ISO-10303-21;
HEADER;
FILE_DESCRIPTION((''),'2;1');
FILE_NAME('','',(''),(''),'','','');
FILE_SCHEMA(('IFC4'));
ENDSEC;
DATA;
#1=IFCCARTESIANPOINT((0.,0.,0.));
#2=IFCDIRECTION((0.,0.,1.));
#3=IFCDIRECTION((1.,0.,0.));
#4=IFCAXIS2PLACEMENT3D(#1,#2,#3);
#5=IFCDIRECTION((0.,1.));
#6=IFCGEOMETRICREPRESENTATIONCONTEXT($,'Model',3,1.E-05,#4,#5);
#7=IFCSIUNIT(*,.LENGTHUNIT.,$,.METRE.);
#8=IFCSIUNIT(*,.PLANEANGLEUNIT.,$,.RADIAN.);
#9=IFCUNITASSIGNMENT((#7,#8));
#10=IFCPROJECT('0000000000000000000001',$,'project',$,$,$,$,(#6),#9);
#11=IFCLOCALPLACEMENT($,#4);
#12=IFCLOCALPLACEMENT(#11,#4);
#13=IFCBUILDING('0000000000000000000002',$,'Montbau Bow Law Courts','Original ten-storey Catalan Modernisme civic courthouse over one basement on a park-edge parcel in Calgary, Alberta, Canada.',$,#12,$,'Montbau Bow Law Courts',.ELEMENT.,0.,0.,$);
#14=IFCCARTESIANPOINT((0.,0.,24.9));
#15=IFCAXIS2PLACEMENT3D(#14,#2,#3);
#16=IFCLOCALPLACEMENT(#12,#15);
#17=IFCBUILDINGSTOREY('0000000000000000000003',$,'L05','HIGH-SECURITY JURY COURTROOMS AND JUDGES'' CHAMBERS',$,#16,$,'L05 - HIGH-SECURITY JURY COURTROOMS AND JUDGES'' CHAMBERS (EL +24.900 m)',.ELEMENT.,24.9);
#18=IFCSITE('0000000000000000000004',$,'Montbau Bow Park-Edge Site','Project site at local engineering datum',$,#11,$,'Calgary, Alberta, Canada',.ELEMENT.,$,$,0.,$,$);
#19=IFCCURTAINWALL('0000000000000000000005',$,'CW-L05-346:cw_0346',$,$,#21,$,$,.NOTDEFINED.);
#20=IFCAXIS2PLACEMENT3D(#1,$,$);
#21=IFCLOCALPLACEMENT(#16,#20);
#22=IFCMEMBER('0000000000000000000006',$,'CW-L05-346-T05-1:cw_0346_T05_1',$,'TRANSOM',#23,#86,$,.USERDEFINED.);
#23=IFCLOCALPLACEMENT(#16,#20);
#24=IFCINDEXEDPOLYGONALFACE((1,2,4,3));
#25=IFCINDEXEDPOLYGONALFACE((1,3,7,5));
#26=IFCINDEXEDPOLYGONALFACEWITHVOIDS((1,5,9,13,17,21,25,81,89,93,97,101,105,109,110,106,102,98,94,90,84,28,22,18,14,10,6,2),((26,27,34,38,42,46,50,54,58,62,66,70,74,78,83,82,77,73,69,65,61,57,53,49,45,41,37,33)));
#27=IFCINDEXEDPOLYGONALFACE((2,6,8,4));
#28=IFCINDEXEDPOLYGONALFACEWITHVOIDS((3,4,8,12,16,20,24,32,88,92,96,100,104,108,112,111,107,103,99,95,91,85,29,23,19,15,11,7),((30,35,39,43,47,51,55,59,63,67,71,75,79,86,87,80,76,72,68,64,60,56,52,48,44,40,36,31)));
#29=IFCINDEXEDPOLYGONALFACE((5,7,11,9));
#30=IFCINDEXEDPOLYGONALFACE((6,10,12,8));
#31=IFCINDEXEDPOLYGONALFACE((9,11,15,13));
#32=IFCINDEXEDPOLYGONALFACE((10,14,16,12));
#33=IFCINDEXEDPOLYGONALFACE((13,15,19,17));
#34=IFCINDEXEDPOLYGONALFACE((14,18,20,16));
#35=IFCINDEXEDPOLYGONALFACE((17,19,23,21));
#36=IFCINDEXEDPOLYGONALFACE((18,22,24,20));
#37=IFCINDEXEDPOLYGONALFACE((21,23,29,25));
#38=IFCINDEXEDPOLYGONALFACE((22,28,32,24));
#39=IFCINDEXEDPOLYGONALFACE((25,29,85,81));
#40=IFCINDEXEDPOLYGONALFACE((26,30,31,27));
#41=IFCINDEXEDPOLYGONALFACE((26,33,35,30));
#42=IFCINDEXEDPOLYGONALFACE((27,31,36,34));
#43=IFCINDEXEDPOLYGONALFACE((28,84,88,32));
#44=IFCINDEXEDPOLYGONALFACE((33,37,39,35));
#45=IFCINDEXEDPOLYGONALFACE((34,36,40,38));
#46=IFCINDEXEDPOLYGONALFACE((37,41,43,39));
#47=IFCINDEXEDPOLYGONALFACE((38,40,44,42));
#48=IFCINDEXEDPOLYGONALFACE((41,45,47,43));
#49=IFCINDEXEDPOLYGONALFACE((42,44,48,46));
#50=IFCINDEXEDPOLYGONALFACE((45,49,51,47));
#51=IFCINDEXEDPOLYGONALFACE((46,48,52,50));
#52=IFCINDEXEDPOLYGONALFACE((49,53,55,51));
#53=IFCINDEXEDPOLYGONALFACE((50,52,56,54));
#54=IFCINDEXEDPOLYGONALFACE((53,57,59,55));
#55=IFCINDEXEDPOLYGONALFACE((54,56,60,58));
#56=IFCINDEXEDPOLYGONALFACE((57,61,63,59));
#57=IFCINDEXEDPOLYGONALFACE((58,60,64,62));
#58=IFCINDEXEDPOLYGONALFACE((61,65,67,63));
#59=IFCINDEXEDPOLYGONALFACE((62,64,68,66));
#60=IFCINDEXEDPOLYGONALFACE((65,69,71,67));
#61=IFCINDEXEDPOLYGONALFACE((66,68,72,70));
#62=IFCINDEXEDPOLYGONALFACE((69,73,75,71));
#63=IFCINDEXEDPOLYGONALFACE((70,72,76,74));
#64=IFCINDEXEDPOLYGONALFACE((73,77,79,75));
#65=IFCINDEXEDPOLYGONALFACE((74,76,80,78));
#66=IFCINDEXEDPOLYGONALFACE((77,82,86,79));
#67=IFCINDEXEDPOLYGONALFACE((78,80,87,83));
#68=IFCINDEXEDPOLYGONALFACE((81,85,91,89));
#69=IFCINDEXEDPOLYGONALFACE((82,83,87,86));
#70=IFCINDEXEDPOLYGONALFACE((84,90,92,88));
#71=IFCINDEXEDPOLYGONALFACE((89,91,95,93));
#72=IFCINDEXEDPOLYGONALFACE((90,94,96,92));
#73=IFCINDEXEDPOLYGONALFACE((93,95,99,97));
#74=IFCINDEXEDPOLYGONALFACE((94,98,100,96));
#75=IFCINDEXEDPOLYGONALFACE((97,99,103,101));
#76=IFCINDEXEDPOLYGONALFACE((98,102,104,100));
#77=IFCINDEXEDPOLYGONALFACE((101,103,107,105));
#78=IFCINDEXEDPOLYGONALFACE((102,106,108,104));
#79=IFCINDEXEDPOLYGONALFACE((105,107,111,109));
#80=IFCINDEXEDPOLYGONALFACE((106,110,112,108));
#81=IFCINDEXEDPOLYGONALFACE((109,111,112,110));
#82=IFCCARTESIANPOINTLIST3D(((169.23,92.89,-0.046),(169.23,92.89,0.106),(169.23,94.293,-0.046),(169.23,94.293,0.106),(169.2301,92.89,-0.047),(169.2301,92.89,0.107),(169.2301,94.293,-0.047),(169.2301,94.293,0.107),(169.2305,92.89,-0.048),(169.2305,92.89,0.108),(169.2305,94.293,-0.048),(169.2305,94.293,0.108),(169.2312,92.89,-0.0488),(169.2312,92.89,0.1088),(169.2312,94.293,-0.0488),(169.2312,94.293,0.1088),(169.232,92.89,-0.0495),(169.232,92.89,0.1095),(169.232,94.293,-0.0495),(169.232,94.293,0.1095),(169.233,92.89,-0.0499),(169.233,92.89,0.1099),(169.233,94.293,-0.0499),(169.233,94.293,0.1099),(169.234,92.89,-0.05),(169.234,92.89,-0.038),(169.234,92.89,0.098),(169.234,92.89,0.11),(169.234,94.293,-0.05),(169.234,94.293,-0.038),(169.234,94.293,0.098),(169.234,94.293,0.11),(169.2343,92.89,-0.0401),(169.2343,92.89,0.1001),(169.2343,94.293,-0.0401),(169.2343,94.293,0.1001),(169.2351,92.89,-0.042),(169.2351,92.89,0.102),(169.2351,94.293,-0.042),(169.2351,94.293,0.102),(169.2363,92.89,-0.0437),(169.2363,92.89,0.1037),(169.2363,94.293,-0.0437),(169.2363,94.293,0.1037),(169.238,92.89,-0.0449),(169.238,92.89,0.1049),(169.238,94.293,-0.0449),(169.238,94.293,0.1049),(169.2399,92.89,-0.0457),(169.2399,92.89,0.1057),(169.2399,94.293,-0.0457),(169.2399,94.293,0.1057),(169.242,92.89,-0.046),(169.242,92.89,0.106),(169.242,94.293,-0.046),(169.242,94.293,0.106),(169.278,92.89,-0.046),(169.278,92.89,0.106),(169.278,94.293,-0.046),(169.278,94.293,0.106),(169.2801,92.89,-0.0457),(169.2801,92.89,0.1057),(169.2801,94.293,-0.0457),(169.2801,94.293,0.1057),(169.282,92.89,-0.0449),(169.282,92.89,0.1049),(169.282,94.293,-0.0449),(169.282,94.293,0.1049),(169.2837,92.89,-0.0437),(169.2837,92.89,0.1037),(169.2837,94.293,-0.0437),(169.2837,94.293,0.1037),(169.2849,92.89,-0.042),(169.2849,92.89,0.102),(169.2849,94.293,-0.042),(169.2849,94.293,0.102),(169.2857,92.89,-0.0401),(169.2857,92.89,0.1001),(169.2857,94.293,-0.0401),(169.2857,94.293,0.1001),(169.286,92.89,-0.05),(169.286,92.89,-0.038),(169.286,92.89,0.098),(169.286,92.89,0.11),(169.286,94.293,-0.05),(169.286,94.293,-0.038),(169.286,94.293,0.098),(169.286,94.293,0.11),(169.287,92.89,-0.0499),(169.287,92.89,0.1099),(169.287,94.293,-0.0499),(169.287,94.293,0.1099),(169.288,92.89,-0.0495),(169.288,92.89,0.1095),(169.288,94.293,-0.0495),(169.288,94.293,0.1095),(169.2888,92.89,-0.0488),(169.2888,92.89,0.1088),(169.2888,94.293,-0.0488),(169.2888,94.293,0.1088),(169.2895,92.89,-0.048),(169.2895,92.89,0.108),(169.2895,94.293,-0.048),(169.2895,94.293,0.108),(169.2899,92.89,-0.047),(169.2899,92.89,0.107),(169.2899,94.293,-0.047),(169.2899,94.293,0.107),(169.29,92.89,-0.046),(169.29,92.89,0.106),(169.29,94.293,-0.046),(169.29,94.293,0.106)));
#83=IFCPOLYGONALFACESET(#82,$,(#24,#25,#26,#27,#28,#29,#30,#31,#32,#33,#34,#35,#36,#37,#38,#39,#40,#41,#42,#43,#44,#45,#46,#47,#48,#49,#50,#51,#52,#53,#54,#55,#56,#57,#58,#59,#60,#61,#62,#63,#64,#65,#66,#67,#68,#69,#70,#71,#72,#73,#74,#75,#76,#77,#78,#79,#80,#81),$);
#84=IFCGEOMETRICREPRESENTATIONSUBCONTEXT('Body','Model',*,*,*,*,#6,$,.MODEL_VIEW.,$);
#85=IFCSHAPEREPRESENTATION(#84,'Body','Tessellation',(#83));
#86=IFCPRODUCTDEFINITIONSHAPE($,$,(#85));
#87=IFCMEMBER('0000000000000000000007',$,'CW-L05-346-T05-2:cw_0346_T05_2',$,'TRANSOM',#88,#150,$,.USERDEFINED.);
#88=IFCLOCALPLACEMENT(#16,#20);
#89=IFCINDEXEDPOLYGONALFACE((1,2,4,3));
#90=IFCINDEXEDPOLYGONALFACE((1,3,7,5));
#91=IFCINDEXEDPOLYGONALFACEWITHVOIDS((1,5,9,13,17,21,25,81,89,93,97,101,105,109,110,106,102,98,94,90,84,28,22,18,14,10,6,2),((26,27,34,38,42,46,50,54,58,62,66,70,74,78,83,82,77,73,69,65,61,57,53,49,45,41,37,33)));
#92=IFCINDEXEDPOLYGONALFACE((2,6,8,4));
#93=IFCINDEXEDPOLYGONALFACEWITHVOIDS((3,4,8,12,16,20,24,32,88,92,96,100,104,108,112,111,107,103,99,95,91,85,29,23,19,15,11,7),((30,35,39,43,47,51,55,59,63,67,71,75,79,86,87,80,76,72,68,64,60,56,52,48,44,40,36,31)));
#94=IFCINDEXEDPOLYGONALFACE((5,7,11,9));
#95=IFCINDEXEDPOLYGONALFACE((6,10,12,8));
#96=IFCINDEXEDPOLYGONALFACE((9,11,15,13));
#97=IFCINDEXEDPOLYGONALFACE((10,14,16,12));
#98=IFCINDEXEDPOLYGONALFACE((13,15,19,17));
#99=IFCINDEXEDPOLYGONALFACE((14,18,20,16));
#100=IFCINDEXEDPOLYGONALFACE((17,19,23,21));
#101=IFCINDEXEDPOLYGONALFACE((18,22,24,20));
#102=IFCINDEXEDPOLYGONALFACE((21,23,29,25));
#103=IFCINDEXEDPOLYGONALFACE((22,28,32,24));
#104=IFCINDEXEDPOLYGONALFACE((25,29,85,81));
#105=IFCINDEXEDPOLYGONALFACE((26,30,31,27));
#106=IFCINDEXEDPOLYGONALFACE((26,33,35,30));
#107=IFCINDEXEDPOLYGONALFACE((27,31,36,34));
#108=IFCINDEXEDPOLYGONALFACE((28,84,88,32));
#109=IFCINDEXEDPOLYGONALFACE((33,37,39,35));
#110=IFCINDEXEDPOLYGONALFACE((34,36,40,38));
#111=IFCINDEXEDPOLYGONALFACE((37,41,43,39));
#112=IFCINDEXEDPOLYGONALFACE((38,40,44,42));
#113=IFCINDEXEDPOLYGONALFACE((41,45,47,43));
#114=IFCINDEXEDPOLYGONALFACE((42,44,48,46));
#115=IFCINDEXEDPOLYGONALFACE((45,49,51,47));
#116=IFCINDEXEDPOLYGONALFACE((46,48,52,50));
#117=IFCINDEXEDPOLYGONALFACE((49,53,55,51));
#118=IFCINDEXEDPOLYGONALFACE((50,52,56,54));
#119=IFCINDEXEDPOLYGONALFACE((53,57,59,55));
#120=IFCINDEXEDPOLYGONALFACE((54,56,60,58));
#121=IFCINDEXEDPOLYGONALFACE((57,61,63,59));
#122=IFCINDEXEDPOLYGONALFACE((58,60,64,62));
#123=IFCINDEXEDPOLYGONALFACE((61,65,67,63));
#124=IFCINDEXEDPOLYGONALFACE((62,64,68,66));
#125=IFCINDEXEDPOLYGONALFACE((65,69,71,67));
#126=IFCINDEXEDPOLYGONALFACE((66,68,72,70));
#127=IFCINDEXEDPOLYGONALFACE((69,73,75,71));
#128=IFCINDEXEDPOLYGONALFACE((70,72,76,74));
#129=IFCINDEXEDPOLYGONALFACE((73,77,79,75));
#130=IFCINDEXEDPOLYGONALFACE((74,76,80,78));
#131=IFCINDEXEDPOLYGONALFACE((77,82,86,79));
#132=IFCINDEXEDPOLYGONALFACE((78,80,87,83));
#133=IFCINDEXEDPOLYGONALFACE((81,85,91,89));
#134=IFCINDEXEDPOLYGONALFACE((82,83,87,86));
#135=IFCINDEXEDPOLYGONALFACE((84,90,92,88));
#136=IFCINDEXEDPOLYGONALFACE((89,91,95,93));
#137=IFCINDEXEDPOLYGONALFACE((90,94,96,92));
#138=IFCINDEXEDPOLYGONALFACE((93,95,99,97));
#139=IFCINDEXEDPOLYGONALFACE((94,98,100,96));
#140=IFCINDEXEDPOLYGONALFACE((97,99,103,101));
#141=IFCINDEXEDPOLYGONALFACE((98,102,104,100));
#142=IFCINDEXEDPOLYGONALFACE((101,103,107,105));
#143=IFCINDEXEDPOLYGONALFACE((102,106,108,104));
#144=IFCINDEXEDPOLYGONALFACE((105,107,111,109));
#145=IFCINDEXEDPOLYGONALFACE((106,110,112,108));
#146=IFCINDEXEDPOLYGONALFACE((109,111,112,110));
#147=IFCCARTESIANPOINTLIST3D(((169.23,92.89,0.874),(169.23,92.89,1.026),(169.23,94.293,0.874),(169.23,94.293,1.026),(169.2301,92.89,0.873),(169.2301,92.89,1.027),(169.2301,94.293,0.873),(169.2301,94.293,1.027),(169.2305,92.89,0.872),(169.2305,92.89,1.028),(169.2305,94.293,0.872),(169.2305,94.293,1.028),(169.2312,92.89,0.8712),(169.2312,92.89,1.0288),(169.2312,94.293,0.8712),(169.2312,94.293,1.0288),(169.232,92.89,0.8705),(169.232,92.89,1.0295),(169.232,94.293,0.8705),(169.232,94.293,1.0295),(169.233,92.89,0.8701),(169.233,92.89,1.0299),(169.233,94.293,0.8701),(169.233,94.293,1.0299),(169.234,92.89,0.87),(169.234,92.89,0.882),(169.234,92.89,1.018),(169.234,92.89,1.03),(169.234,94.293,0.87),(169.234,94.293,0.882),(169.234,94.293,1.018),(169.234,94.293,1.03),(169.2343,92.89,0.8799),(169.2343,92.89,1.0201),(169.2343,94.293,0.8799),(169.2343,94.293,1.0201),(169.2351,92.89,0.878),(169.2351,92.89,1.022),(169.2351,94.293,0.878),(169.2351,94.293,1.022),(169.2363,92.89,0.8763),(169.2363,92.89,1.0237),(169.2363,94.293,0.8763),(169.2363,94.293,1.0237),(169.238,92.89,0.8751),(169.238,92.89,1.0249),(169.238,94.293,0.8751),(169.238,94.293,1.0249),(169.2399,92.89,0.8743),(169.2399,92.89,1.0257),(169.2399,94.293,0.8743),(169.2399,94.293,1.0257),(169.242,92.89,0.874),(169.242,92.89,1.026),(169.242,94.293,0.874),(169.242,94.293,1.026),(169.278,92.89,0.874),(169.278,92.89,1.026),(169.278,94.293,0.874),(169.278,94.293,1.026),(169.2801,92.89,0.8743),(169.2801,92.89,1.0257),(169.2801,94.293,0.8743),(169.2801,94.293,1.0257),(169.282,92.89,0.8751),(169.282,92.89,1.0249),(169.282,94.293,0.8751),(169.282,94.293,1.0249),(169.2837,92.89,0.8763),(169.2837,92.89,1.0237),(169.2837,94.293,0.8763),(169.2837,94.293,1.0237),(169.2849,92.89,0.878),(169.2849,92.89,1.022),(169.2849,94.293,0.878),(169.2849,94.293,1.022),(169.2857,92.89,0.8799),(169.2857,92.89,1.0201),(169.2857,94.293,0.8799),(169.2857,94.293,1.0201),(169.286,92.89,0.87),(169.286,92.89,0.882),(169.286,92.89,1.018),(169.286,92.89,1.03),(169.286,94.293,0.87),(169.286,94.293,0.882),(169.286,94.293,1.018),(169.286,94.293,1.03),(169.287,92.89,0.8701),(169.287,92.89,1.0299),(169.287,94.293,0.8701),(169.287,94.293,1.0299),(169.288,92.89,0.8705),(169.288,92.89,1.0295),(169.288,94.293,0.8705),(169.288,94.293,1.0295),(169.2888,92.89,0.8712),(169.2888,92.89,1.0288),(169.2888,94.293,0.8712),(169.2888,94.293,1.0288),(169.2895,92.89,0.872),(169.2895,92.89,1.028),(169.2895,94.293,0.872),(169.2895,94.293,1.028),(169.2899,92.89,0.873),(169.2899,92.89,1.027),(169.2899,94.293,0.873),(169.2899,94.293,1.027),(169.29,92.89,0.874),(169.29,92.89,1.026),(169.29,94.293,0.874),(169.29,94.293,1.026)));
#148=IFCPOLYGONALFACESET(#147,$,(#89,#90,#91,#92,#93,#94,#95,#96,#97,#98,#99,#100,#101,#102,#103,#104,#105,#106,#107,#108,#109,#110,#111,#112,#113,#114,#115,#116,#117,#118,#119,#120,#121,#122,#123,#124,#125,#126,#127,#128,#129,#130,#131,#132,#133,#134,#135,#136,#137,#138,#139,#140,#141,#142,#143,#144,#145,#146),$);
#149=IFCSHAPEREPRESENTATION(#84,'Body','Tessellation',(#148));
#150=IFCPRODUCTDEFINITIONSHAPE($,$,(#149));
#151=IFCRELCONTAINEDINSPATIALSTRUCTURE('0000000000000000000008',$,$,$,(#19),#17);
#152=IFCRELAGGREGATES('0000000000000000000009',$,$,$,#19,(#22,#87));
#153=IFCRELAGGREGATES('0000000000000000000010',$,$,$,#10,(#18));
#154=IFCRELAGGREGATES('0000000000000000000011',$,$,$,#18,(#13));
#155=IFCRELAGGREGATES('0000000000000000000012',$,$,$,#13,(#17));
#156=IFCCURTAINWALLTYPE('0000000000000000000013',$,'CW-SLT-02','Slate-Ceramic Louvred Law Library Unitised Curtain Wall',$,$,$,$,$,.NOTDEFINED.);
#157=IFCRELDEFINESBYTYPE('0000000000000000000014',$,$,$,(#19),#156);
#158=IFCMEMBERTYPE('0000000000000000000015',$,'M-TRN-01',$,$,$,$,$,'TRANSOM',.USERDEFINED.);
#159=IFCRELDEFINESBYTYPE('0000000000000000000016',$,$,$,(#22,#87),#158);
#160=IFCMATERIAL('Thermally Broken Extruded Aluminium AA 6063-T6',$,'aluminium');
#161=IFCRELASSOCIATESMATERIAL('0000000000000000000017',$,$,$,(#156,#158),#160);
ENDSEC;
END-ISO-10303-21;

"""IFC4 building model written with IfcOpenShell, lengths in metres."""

from ifc_helpers import new_model, si_unit, direction, frame, origin_with_axes, origin_2d_with_axis, place, context, subcontext, project, spatial, hollow_rectangle, extrude, material, material_profile, profile_set, type_object, element, aggregate, save


model = new_model("IFC4")

# Units and contexts
model_context = context("Model", 3, precision=1e-05, world=origin_with_axes(), true_north=direction((0.0, 1.0)))
body_context = subcontext(model_context, "Body", "Model", "MODEL_VIEW")
ifc_project = project(units=[si_unit("LENGTHUNIT", "METRE"), si_unit("PLANEANGLEUNIT", "RADIAN")], contexts=[model_context])

# Site, building, storey
site_placement = place(None, origin_with_axes())
site = spatial("IfcSite", under=ifc_project, at=site_placement, Name="Montbau Bow Park-Edge Site", Description="Project site at local engineering datum", LongName="Calgary, Alberta, Canada", CompositionType="ELEMENT", RefElevation=0.0)
building_placement = place(site_placement, origin_with_axes())
building = spatial("IfcBuilding", under=site, at=building_placement, Name="Montbau Bow Law Courts", Description="Original ten-storey Catalan Modernisme civic courthouse over one basement on a park-edge parcel in Calgary, Alberta, Canada.", LongName="Montbau Bow Law Courts", CompositionType="ELEMENT", ElevationOfRefHeight=0.0, ElevationOfTerrain=0.0)
storey_placement = place(building_placement, frame((0.0, 0.0, 24.9), z_axis=(0.0, 0.0, 1.0), x_axis=(1.0, 0.0, 0.0)))
storey = spatial("IfcBuildingStorey", under=building, at=storey_placement, Name="L05", Description="HIGH-SECURITY JURY COURTROOMS AND JUDGES' CHAMBERS", LongName="L05 - HIGH-SECURITY JURY COURTROOMS AND JUDGES' CHAMBERS (EL +24.900 m)", CompositionType="ELEMENT", Elevation=24.9)

# Curtain wall
ifc_material_1 = material(Name="Thermally Broken Extruded Aluminium AA 6063-T6", Category="aluminium")
curtain_wall_type = type_object("IfcCurtainWallType", Name="CW-SLT-02", Description="Slate-Ceramic Louvred Law Library Unitised Curtain Wall", PredefinedType="NOTDEFINED", material=ifc_material_1)
curtain_wall_1_placement = place(None, frame((169.26, 86.84, 24.9), z_axis=(0.0, 0.0, 1.0), x_axis=(1.0, 0.0, 0.0)))
curtain_wall_1 = element("IfcCurtainWall", 1, at=curtain_wall_1_placement, inside=storey, type_object=curtain_wall_type, Name="CW-L05-346:cw_0346", PredefinedType="NOTDEFINED")

# Members
ifc_material_profile_1 = material_profile(ifc_material_1, hollow_rectangle(XDim=0.06, YDim=0.16, WallThickness=0.004, InnerFilletRadius=0.008, OuterFilletRadius=0.004, at=origin_2d_with_axis()), Name="CWT-160X60", Category="Main", Priority=0)
ifc_profile_set_1 = profile_set([ifc_material_profile_1], Name="Thermally Broken Extruded Aluminium AA 6063-T6")
member_type_1 = type_object("IfcMemberType", Name="M-TRN-01", ElementType="TRANSOM", PredefinedType="USERDEFINED", material=ifc_profile_set_1)
member_1_placement = place(None, frame((169.26, 92.89, 24.93), z_axis=(0.0, 1.0, 0.0), x_axis=(-1.0, 0.0, 0.0)))
member_1 = element("IfcMember", 2, at=member_1_placement, type_object=member_type_1, Name="CW-L05-346-T05-1:cw_0346_T05_1", ObjectType="TRANSOM", PredefinedType="USERDEFINED", context=body_context, shape_type="SweptSolid", body=[
    extrude(hollow_rectangle(XDim=0.06, YDim=0.16, WallThickness=0.004, InnerFilletRadius=0.008, OuterFilletRadius=0.004, at=origin_2d_with_axis()), origin_with_axes(), (0.0, 0.0, 1.0), 1.403),
])
member_2_placement = place(None, frame((169.26, 92.89, 25.85), z_axis=(0.0, 1.0, 0.0), x_axis=(-1.0, 0.0, 0.0)))
member_2 = element("IfcMember", 3, at=member_2_placement, type_object=member_type_1, Name="CW-L05-346-T05-2:cw_0346_T05_2", ObjectType="TRANSOM", PredefinedType="USERDEFINED", context=body_context, shape_type="SweptSolid", body=[
    extrude(hollow_rectangle(XDim=0.06, YDim=0.16, WallThickness=0.004, InnerFilletRadius=0.008, OuterFilletRadius=0.004, at=origin_2d_with_axis()), origin_with_axes(), (0.0, 0.0, 1.0), 1.403),
])

aggregate(curtain_wall_1, [member_1, member_2])

save(model, "model.ifc")
